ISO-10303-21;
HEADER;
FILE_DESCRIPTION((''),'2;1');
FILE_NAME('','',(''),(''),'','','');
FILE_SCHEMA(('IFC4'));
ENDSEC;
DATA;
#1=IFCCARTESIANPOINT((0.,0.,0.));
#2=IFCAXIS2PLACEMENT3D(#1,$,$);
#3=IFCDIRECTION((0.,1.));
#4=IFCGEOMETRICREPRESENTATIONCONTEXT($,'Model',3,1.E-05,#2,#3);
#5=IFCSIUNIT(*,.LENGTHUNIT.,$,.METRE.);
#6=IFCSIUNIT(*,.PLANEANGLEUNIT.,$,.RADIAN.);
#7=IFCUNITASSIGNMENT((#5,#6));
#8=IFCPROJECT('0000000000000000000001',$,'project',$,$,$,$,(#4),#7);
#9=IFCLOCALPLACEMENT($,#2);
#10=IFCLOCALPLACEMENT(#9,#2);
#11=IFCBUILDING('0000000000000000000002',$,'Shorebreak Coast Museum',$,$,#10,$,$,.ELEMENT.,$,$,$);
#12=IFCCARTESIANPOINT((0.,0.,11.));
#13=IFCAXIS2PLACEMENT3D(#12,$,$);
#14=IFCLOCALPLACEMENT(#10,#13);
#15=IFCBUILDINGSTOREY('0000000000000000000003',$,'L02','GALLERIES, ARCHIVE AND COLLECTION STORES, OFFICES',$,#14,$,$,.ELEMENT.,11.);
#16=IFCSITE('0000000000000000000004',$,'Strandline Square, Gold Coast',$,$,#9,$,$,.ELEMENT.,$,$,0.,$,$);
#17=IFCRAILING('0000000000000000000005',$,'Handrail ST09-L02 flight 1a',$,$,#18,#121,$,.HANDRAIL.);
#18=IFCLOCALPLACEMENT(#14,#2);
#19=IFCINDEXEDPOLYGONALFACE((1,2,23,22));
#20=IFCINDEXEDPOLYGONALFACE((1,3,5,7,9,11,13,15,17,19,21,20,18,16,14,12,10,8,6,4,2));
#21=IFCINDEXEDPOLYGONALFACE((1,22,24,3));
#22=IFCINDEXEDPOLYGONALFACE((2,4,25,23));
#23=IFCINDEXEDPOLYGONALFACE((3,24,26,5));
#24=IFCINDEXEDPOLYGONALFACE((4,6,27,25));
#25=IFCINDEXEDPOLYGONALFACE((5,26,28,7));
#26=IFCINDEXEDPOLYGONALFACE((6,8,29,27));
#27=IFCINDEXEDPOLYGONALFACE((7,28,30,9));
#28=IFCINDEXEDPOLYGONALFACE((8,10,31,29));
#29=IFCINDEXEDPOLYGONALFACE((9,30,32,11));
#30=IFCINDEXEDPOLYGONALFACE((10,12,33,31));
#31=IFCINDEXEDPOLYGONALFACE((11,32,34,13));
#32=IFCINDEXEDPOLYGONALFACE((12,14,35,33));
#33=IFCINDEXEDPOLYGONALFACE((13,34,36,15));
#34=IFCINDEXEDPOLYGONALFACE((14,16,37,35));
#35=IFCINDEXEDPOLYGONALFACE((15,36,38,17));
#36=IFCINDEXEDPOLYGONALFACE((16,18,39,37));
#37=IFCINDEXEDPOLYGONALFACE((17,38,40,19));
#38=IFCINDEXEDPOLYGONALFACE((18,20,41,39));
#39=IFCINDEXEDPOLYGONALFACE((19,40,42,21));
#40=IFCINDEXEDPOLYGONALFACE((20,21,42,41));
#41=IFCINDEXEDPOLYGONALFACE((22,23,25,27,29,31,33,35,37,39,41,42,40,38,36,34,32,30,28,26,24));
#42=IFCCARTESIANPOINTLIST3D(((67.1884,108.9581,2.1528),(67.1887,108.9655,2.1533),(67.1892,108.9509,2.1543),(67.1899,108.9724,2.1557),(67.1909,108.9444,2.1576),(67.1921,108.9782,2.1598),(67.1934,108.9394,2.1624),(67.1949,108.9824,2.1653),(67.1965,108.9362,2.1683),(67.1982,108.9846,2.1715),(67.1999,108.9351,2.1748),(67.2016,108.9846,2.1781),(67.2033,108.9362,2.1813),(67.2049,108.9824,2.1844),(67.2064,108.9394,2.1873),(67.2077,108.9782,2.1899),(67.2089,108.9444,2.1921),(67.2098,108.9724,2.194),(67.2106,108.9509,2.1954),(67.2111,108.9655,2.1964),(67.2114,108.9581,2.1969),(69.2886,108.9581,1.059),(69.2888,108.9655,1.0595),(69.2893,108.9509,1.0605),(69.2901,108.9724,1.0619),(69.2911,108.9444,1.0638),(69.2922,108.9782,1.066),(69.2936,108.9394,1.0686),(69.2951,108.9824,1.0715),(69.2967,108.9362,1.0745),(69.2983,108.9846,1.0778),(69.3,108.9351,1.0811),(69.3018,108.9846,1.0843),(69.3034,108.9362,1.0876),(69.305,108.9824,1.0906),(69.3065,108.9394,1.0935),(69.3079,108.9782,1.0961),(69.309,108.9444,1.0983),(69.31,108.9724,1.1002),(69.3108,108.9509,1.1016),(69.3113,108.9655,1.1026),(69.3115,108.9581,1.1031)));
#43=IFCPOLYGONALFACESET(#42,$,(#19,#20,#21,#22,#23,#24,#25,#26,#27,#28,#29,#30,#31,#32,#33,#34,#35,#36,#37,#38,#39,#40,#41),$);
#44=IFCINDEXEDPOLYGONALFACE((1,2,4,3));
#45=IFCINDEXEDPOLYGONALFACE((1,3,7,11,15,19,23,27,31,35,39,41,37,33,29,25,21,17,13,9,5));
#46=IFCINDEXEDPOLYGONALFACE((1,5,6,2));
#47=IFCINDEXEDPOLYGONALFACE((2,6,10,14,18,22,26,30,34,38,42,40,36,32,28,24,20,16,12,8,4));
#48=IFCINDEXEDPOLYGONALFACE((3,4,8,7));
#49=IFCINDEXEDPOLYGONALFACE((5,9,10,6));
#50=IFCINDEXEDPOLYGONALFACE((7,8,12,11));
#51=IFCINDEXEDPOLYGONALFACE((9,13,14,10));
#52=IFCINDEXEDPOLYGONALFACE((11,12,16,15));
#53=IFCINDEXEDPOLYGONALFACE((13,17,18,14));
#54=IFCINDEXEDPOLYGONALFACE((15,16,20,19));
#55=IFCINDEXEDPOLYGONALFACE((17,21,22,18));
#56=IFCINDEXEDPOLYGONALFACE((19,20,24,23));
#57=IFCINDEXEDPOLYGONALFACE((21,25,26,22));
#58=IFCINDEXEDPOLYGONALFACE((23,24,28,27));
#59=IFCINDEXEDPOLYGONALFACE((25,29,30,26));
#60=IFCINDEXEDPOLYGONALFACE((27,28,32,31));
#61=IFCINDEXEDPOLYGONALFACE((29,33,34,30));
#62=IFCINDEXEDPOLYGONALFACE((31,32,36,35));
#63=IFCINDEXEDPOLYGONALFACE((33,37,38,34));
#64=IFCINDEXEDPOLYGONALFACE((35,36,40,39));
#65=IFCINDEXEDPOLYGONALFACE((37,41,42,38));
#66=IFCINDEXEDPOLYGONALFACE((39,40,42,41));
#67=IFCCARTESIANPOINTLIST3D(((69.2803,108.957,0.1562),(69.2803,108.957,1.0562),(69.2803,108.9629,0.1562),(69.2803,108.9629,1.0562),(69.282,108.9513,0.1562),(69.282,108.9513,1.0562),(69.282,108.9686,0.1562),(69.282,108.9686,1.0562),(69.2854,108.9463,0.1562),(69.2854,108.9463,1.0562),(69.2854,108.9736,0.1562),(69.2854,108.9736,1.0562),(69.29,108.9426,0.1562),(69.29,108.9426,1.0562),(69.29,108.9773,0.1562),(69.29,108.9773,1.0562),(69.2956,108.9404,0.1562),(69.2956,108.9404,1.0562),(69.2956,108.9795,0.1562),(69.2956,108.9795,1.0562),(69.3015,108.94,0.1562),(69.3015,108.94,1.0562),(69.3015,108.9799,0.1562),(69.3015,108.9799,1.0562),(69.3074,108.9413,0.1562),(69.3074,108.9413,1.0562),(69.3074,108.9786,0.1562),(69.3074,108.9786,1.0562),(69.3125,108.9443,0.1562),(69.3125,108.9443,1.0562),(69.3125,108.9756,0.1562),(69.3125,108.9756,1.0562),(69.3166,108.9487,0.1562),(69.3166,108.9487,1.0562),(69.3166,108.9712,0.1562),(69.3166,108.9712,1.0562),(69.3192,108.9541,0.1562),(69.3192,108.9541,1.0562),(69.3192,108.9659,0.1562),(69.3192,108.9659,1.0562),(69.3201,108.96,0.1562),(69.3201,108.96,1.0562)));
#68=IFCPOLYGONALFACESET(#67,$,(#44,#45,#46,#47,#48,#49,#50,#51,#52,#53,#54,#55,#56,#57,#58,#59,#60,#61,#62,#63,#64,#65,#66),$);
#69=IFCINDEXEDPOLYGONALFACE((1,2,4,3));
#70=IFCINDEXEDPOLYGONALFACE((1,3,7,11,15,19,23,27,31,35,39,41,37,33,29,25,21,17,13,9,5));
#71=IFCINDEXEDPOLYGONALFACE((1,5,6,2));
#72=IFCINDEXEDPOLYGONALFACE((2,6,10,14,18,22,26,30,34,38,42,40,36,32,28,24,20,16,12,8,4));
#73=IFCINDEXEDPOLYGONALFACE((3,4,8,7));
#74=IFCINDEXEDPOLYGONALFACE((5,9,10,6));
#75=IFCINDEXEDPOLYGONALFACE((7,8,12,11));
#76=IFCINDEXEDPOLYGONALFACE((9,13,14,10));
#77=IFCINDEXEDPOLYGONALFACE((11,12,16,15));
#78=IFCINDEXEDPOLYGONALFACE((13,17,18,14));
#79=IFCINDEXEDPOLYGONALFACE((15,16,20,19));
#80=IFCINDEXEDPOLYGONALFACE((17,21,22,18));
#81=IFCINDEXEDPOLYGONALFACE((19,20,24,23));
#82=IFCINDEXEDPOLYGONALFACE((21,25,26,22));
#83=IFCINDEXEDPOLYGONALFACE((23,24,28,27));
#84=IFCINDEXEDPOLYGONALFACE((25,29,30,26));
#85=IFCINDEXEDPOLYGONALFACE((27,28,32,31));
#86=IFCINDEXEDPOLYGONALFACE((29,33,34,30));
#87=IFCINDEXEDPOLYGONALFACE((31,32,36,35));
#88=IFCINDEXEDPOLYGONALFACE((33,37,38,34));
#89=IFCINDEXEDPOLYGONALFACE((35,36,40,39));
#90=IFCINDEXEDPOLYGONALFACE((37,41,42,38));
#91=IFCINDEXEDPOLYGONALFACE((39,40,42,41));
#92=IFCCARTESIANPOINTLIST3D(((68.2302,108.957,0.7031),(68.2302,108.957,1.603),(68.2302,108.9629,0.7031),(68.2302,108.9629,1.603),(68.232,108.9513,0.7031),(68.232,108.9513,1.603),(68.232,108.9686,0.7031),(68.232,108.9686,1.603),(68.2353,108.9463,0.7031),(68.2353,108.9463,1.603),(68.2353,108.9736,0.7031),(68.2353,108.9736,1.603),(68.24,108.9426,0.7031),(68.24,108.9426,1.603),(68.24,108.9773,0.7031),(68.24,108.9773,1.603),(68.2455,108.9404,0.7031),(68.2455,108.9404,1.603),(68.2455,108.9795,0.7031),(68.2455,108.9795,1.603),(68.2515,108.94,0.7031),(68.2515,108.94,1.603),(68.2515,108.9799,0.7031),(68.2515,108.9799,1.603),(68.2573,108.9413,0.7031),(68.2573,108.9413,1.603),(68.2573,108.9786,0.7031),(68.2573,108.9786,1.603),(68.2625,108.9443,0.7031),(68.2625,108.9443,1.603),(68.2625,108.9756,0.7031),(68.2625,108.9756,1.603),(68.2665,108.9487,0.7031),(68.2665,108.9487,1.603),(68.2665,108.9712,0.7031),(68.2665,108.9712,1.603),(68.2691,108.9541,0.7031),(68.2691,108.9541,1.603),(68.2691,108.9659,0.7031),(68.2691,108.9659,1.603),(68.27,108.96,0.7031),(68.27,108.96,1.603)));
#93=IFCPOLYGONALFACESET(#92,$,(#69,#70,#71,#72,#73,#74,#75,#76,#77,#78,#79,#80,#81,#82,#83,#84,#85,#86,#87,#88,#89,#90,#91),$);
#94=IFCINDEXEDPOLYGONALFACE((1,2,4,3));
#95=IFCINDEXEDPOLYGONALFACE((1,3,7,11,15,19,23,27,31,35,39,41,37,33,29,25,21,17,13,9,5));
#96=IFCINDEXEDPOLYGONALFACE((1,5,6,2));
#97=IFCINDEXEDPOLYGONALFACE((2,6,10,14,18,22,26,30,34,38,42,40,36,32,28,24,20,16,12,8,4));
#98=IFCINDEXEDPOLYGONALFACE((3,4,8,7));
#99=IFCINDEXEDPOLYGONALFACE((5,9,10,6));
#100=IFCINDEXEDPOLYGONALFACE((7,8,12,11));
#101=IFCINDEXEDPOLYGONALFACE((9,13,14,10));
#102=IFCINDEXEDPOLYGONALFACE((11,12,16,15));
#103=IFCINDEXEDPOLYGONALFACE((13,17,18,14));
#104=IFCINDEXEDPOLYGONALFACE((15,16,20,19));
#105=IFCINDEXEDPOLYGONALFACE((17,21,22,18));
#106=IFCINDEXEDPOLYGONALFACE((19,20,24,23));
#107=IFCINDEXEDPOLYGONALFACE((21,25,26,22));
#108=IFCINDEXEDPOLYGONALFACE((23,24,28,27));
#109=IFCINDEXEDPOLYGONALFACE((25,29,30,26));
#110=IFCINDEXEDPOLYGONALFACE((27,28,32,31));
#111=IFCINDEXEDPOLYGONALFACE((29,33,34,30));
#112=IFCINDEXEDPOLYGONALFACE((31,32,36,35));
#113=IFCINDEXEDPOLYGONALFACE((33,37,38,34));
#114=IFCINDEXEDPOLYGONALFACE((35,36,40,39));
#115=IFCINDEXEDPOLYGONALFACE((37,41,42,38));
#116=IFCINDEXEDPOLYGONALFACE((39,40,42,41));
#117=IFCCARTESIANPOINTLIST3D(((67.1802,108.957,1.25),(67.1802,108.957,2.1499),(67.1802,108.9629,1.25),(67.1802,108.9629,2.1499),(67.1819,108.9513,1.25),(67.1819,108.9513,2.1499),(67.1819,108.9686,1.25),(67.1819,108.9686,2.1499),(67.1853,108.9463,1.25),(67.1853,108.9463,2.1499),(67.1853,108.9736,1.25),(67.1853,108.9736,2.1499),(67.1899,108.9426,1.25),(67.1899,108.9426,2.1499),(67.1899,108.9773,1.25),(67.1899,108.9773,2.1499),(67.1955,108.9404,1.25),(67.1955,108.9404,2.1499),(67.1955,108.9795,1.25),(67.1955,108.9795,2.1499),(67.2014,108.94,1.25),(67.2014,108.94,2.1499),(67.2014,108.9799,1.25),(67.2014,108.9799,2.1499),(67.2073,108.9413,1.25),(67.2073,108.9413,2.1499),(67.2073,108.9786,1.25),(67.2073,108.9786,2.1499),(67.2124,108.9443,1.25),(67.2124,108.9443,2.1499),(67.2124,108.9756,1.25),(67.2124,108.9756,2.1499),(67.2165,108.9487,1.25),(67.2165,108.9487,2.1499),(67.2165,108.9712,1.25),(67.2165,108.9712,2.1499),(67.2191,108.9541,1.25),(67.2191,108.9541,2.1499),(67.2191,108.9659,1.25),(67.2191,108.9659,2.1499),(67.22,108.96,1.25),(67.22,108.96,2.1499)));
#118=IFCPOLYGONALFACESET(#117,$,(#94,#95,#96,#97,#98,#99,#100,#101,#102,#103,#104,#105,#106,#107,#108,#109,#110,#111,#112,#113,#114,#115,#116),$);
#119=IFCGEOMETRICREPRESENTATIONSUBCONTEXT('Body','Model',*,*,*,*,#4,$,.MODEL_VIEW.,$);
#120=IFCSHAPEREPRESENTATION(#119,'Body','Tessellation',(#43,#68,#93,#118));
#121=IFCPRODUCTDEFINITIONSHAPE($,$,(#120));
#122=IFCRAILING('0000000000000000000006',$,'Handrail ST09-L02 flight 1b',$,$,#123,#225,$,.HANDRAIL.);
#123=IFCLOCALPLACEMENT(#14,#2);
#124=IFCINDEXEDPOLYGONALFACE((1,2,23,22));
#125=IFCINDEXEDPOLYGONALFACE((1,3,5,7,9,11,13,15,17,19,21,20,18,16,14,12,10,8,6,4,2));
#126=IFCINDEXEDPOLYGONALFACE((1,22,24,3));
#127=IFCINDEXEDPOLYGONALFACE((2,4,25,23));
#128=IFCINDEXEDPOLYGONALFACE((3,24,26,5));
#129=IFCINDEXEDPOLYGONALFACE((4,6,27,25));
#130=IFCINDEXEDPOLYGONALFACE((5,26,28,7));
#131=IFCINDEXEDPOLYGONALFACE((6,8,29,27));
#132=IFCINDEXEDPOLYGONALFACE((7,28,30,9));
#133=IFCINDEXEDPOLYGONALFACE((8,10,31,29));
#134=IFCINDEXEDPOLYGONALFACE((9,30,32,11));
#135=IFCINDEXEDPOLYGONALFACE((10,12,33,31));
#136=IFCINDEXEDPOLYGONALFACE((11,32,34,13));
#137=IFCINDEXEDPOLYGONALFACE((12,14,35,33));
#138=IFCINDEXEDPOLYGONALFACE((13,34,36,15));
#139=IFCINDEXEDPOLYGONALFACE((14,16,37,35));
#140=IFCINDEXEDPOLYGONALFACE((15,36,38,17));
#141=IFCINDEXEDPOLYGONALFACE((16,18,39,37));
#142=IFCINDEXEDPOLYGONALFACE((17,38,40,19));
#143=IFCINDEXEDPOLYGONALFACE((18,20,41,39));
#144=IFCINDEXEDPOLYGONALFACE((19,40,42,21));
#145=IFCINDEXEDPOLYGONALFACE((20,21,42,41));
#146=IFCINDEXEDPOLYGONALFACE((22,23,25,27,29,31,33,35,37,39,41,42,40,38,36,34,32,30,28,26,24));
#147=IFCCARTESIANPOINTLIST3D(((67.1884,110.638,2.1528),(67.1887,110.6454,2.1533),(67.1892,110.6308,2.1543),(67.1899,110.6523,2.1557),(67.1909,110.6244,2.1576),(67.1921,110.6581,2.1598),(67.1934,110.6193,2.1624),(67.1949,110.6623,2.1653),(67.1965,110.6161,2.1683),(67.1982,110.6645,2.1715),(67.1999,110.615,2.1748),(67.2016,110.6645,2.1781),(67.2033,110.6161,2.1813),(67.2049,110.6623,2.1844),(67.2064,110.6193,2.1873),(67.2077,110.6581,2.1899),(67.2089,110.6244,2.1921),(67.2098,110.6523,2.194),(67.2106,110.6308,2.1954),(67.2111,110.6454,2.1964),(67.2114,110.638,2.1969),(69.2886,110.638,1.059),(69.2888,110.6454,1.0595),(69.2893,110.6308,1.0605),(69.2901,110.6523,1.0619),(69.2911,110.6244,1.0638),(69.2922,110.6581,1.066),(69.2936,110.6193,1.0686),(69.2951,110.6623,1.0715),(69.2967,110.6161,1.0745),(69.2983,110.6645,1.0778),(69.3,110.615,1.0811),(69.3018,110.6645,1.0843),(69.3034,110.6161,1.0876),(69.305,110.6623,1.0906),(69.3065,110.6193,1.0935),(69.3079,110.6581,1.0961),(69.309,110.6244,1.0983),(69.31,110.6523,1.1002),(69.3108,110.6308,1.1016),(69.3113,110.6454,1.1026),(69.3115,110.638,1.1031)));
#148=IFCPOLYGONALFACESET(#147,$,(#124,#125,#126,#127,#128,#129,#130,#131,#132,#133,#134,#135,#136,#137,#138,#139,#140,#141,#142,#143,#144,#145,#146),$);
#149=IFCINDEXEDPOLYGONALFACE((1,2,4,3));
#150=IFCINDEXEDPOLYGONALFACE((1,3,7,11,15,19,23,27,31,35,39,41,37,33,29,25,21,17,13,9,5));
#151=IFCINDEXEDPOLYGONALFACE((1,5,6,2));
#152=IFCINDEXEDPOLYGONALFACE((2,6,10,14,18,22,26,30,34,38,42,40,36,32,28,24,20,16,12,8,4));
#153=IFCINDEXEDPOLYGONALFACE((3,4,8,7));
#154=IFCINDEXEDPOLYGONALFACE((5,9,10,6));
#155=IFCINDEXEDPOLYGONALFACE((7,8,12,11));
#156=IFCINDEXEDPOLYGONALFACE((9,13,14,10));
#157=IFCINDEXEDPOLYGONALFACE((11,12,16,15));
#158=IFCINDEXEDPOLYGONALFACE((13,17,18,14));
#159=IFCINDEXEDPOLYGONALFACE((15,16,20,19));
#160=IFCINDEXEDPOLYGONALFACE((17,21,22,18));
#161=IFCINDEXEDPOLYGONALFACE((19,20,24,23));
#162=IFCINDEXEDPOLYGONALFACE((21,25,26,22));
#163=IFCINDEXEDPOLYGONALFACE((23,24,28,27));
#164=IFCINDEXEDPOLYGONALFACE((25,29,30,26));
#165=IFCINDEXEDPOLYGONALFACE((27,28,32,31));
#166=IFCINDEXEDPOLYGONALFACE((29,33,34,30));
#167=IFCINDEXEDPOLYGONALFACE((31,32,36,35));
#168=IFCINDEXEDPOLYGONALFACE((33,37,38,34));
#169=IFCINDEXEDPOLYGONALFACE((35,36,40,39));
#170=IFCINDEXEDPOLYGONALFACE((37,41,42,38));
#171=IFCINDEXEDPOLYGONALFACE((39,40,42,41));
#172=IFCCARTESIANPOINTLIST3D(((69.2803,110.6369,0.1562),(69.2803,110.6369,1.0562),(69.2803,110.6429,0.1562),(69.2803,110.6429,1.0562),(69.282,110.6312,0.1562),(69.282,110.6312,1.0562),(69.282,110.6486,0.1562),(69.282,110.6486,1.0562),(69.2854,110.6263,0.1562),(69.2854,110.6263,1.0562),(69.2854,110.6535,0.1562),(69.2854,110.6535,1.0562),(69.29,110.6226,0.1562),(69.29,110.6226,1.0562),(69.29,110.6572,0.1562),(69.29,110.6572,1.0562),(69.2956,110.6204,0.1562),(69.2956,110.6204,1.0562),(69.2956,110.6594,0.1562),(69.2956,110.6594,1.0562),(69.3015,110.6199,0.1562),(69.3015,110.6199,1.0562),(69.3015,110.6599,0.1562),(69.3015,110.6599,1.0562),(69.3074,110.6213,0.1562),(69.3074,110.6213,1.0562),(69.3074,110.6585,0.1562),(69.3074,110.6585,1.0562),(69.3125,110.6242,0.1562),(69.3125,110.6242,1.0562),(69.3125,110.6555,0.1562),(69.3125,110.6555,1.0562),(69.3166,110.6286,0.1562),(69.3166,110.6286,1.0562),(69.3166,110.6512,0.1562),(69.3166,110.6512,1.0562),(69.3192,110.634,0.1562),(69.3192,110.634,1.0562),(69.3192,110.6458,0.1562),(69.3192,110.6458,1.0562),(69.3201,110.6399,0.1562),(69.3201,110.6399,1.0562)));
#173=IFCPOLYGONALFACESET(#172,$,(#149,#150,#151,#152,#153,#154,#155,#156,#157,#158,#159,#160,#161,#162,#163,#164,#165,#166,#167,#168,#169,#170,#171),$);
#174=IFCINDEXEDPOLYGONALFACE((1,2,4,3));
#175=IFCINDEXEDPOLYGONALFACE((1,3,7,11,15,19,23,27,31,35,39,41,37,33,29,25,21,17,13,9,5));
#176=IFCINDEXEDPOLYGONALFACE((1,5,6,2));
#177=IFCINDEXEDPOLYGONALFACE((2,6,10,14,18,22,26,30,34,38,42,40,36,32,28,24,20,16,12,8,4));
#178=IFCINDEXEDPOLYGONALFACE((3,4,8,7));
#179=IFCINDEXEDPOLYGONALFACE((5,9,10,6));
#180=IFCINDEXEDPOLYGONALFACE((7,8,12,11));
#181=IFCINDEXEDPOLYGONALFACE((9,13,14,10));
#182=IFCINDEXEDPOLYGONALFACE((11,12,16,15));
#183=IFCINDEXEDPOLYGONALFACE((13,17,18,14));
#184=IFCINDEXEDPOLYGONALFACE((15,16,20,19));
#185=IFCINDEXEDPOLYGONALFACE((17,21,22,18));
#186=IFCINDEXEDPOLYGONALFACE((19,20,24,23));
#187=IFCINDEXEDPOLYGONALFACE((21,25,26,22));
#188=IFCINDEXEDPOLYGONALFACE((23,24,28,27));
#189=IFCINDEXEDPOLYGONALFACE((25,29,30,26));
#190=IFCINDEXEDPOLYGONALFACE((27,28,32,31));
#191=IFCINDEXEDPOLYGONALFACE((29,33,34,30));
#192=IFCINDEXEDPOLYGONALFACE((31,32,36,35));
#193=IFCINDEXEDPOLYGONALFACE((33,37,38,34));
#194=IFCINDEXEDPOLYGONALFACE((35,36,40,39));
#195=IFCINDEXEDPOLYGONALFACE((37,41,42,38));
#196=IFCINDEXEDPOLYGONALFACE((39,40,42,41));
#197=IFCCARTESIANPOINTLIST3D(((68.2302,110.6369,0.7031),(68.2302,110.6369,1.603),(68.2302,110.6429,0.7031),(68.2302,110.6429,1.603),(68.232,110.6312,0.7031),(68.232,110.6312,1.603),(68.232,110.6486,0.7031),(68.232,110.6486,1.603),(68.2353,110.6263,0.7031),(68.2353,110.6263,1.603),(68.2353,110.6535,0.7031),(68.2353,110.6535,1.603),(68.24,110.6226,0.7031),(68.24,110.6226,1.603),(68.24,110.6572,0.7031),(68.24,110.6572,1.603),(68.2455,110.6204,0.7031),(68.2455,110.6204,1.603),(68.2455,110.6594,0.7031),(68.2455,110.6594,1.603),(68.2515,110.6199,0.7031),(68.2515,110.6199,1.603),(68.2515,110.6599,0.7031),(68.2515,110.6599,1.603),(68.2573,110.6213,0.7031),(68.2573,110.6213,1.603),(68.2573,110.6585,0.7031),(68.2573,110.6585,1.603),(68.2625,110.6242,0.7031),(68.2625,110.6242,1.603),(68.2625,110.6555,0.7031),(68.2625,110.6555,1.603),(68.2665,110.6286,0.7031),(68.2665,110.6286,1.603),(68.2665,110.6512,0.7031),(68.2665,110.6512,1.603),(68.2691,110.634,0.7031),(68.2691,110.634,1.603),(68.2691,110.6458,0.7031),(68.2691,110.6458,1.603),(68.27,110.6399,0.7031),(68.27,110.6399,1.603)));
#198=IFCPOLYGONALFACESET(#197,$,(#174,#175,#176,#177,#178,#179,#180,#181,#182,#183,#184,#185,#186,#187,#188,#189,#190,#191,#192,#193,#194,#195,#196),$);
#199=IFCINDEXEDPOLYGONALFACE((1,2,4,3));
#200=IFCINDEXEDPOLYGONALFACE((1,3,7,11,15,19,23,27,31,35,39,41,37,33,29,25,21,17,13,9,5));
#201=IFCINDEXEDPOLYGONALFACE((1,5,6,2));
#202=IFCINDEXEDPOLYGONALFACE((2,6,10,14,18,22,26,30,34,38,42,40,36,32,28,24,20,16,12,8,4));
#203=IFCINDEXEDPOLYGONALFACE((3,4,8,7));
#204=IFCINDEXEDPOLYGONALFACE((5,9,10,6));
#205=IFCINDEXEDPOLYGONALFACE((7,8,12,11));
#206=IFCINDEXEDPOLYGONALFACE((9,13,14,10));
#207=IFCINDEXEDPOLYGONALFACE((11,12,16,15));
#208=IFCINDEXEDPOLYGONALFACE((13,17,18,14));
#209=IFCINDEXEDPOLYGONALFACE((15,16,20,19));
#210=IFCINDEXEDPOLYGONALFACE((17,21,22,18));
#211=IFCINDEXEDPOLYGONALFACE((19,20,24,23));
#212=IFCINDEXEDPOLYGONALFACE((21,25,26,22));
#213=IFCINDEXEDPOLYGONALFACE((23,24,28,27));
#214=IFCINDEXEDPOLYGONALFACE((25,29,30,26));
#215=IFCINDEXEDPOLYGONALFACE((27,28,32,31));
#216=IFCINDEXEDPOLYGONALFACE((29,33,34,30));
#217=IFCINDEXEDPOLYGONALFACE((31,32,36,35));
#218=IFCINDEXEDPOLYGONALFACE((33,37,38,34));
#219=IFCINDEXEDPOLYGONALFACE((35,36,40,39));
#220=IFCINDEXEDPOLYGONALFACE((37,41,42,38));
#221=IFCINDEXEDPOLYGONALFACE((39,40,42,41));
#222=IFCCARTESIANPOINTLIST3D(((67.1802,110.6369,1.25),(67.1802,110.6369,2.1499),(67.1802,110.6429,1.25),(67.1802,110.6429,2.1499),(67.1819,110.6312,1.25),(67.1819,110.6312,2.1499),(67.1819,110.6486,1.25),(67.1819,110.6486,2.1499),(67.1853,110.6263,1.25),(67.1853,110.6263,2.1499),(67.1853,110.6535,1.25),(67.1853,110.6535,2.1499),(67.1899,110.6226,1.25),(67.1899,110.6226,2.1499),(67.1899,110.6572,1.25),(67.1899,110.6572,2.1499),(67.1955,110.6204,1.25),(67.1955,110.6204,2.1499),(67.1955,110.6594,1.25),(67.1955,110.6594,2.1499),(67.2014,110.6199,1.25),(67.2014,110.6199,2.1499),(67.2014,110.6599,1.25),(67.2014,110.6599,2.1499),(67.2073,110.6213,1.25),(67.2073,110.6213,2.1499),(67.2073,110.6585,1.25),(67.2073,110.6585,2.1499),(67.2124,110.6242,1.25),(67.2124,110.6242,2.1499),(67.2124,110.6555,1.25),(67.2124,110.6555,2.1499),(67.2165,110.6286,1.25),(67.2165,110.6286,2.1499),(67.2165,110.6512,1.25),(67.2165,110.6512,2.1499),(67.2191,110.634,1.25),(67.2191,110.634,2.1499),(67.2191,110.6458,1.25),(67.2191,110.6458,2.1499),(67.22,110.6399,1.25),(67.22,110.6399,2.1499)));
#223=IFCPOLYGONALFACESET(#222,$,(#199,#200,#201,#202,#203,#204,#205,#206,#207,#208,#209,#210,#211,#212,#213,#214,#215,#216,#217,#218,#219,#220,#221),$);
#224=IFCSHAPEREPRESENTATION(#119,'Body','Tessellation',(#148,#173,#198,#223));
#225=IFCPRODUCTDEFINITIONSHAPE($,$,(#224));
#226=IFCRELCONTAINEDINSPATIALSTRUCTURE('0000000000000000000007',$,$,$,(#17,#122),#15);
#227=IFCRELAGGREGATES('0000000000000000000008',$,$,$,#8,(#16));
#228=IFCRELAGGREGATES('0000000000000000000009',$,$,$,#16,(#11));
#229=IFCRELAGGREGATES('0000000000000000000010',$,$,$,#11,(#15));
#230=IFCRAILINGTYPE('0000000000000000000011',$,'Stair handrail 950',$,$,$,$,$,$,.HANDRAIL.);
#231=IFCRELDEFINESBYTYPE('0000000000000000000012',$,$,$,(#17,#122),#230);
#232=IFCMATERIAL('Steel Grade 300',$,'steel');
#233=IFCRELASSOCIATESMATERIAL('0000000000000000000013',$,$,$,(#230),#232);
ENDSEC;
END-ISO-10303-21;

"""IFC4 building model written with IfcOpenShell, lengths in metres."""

from ifc_helpers import new_model, si_unit, direction, frame, origin, origin_2d, place, context, subcontext, project, spatial, circle, extrude, material, type_object, element, save


model = new_model("IFC4")

# Units and contexts
model_context = context("Model", 3, precision=1e-05, world=origin(), true_north=direction((0.0, 1.0)))
body_context = subcontext(model_context, "Body", "Model", "MODEL_VIEW")
ifc_project = project(units=[si_unit("LENGTHUNIT", "METRE"), si_unit("PLANEANGLEUNIT", "RADIAN")], contexts=[model_context])

# Site, building, storey
site_placement = place(None, origin())
site = spatial("IfcSite", under=ifc_project, at=site_placement, Name="Strandline Square, Gold Coast", CompositionType="ELEMENT", RefElevation=0.0)
building_placement = place(site_placement, origin())
building = spatial("IfcBuilding", under=site, at=building_placement, Name="Shorebreak Coast Museum", CompositionType="ELEMENT")
storey_placement = place(building_placement, frame((0.0, 0.0, 11.0)))
storey = spatial("IfcBuildingStorey", under=building, at=storey_placement, Name="L02", Description="GALLERIES, ARCHIVE AND COLLECTION STORES, OFFICES", CompositionType="ELEMENT", Elevation=11.0)

# Railings
ifc_material_1 = material(Name="Steel Grade 300", Category="steel")
railing_type_1 = type_object("IfcRailingType", Name="Stair handrail 950", PredefinedType="HANDRAIL", material=ifc_material_1)
for number, where, name in (
    (1, (69.3, 108.96, 0.1562), "Handrail ST09-L02 flight 1a"),
    (2, (69.3, 110.6399, 0.1562), "Handrail ST09-L02 flight 1b"),
):
    element("IfcRailing", number, at=place(storey_placement, frame(where)), inside=storey, type_object=railing_type_1, Name=name, PredefinedType="HANDRAIL", context=body_context, shape_type="SweptSolid", body=[
        extrude(circle(Radius=0.0249, at=origin_2d()), frame((0.0, 0.0, 0.9248), z_axis=(-0.886923, 0.0, 0.461918), x_axis=(0.0, -1.0, 0.0)), (0.0, 0.0, 1.0), 2.3679),
        extrude(circle(Radius=0.02, at=origin_2d()), origin(), (0.0, 0.0, 1.0), 0.8999),
        extrude(circle(Radius=0.02, at=origin_2d()), frame((-1.05, 0.0, 0.5469)), (0.0, 0.0, 1.0), 0.8999),
        extrude(circle(Radius=0.02, at=origin_2d()), frame((-2.1001, 0.0, 1.0938)), (0.0, 0.0, 1.0), 0.8999),
    ])

save(model, "model.ifc")
